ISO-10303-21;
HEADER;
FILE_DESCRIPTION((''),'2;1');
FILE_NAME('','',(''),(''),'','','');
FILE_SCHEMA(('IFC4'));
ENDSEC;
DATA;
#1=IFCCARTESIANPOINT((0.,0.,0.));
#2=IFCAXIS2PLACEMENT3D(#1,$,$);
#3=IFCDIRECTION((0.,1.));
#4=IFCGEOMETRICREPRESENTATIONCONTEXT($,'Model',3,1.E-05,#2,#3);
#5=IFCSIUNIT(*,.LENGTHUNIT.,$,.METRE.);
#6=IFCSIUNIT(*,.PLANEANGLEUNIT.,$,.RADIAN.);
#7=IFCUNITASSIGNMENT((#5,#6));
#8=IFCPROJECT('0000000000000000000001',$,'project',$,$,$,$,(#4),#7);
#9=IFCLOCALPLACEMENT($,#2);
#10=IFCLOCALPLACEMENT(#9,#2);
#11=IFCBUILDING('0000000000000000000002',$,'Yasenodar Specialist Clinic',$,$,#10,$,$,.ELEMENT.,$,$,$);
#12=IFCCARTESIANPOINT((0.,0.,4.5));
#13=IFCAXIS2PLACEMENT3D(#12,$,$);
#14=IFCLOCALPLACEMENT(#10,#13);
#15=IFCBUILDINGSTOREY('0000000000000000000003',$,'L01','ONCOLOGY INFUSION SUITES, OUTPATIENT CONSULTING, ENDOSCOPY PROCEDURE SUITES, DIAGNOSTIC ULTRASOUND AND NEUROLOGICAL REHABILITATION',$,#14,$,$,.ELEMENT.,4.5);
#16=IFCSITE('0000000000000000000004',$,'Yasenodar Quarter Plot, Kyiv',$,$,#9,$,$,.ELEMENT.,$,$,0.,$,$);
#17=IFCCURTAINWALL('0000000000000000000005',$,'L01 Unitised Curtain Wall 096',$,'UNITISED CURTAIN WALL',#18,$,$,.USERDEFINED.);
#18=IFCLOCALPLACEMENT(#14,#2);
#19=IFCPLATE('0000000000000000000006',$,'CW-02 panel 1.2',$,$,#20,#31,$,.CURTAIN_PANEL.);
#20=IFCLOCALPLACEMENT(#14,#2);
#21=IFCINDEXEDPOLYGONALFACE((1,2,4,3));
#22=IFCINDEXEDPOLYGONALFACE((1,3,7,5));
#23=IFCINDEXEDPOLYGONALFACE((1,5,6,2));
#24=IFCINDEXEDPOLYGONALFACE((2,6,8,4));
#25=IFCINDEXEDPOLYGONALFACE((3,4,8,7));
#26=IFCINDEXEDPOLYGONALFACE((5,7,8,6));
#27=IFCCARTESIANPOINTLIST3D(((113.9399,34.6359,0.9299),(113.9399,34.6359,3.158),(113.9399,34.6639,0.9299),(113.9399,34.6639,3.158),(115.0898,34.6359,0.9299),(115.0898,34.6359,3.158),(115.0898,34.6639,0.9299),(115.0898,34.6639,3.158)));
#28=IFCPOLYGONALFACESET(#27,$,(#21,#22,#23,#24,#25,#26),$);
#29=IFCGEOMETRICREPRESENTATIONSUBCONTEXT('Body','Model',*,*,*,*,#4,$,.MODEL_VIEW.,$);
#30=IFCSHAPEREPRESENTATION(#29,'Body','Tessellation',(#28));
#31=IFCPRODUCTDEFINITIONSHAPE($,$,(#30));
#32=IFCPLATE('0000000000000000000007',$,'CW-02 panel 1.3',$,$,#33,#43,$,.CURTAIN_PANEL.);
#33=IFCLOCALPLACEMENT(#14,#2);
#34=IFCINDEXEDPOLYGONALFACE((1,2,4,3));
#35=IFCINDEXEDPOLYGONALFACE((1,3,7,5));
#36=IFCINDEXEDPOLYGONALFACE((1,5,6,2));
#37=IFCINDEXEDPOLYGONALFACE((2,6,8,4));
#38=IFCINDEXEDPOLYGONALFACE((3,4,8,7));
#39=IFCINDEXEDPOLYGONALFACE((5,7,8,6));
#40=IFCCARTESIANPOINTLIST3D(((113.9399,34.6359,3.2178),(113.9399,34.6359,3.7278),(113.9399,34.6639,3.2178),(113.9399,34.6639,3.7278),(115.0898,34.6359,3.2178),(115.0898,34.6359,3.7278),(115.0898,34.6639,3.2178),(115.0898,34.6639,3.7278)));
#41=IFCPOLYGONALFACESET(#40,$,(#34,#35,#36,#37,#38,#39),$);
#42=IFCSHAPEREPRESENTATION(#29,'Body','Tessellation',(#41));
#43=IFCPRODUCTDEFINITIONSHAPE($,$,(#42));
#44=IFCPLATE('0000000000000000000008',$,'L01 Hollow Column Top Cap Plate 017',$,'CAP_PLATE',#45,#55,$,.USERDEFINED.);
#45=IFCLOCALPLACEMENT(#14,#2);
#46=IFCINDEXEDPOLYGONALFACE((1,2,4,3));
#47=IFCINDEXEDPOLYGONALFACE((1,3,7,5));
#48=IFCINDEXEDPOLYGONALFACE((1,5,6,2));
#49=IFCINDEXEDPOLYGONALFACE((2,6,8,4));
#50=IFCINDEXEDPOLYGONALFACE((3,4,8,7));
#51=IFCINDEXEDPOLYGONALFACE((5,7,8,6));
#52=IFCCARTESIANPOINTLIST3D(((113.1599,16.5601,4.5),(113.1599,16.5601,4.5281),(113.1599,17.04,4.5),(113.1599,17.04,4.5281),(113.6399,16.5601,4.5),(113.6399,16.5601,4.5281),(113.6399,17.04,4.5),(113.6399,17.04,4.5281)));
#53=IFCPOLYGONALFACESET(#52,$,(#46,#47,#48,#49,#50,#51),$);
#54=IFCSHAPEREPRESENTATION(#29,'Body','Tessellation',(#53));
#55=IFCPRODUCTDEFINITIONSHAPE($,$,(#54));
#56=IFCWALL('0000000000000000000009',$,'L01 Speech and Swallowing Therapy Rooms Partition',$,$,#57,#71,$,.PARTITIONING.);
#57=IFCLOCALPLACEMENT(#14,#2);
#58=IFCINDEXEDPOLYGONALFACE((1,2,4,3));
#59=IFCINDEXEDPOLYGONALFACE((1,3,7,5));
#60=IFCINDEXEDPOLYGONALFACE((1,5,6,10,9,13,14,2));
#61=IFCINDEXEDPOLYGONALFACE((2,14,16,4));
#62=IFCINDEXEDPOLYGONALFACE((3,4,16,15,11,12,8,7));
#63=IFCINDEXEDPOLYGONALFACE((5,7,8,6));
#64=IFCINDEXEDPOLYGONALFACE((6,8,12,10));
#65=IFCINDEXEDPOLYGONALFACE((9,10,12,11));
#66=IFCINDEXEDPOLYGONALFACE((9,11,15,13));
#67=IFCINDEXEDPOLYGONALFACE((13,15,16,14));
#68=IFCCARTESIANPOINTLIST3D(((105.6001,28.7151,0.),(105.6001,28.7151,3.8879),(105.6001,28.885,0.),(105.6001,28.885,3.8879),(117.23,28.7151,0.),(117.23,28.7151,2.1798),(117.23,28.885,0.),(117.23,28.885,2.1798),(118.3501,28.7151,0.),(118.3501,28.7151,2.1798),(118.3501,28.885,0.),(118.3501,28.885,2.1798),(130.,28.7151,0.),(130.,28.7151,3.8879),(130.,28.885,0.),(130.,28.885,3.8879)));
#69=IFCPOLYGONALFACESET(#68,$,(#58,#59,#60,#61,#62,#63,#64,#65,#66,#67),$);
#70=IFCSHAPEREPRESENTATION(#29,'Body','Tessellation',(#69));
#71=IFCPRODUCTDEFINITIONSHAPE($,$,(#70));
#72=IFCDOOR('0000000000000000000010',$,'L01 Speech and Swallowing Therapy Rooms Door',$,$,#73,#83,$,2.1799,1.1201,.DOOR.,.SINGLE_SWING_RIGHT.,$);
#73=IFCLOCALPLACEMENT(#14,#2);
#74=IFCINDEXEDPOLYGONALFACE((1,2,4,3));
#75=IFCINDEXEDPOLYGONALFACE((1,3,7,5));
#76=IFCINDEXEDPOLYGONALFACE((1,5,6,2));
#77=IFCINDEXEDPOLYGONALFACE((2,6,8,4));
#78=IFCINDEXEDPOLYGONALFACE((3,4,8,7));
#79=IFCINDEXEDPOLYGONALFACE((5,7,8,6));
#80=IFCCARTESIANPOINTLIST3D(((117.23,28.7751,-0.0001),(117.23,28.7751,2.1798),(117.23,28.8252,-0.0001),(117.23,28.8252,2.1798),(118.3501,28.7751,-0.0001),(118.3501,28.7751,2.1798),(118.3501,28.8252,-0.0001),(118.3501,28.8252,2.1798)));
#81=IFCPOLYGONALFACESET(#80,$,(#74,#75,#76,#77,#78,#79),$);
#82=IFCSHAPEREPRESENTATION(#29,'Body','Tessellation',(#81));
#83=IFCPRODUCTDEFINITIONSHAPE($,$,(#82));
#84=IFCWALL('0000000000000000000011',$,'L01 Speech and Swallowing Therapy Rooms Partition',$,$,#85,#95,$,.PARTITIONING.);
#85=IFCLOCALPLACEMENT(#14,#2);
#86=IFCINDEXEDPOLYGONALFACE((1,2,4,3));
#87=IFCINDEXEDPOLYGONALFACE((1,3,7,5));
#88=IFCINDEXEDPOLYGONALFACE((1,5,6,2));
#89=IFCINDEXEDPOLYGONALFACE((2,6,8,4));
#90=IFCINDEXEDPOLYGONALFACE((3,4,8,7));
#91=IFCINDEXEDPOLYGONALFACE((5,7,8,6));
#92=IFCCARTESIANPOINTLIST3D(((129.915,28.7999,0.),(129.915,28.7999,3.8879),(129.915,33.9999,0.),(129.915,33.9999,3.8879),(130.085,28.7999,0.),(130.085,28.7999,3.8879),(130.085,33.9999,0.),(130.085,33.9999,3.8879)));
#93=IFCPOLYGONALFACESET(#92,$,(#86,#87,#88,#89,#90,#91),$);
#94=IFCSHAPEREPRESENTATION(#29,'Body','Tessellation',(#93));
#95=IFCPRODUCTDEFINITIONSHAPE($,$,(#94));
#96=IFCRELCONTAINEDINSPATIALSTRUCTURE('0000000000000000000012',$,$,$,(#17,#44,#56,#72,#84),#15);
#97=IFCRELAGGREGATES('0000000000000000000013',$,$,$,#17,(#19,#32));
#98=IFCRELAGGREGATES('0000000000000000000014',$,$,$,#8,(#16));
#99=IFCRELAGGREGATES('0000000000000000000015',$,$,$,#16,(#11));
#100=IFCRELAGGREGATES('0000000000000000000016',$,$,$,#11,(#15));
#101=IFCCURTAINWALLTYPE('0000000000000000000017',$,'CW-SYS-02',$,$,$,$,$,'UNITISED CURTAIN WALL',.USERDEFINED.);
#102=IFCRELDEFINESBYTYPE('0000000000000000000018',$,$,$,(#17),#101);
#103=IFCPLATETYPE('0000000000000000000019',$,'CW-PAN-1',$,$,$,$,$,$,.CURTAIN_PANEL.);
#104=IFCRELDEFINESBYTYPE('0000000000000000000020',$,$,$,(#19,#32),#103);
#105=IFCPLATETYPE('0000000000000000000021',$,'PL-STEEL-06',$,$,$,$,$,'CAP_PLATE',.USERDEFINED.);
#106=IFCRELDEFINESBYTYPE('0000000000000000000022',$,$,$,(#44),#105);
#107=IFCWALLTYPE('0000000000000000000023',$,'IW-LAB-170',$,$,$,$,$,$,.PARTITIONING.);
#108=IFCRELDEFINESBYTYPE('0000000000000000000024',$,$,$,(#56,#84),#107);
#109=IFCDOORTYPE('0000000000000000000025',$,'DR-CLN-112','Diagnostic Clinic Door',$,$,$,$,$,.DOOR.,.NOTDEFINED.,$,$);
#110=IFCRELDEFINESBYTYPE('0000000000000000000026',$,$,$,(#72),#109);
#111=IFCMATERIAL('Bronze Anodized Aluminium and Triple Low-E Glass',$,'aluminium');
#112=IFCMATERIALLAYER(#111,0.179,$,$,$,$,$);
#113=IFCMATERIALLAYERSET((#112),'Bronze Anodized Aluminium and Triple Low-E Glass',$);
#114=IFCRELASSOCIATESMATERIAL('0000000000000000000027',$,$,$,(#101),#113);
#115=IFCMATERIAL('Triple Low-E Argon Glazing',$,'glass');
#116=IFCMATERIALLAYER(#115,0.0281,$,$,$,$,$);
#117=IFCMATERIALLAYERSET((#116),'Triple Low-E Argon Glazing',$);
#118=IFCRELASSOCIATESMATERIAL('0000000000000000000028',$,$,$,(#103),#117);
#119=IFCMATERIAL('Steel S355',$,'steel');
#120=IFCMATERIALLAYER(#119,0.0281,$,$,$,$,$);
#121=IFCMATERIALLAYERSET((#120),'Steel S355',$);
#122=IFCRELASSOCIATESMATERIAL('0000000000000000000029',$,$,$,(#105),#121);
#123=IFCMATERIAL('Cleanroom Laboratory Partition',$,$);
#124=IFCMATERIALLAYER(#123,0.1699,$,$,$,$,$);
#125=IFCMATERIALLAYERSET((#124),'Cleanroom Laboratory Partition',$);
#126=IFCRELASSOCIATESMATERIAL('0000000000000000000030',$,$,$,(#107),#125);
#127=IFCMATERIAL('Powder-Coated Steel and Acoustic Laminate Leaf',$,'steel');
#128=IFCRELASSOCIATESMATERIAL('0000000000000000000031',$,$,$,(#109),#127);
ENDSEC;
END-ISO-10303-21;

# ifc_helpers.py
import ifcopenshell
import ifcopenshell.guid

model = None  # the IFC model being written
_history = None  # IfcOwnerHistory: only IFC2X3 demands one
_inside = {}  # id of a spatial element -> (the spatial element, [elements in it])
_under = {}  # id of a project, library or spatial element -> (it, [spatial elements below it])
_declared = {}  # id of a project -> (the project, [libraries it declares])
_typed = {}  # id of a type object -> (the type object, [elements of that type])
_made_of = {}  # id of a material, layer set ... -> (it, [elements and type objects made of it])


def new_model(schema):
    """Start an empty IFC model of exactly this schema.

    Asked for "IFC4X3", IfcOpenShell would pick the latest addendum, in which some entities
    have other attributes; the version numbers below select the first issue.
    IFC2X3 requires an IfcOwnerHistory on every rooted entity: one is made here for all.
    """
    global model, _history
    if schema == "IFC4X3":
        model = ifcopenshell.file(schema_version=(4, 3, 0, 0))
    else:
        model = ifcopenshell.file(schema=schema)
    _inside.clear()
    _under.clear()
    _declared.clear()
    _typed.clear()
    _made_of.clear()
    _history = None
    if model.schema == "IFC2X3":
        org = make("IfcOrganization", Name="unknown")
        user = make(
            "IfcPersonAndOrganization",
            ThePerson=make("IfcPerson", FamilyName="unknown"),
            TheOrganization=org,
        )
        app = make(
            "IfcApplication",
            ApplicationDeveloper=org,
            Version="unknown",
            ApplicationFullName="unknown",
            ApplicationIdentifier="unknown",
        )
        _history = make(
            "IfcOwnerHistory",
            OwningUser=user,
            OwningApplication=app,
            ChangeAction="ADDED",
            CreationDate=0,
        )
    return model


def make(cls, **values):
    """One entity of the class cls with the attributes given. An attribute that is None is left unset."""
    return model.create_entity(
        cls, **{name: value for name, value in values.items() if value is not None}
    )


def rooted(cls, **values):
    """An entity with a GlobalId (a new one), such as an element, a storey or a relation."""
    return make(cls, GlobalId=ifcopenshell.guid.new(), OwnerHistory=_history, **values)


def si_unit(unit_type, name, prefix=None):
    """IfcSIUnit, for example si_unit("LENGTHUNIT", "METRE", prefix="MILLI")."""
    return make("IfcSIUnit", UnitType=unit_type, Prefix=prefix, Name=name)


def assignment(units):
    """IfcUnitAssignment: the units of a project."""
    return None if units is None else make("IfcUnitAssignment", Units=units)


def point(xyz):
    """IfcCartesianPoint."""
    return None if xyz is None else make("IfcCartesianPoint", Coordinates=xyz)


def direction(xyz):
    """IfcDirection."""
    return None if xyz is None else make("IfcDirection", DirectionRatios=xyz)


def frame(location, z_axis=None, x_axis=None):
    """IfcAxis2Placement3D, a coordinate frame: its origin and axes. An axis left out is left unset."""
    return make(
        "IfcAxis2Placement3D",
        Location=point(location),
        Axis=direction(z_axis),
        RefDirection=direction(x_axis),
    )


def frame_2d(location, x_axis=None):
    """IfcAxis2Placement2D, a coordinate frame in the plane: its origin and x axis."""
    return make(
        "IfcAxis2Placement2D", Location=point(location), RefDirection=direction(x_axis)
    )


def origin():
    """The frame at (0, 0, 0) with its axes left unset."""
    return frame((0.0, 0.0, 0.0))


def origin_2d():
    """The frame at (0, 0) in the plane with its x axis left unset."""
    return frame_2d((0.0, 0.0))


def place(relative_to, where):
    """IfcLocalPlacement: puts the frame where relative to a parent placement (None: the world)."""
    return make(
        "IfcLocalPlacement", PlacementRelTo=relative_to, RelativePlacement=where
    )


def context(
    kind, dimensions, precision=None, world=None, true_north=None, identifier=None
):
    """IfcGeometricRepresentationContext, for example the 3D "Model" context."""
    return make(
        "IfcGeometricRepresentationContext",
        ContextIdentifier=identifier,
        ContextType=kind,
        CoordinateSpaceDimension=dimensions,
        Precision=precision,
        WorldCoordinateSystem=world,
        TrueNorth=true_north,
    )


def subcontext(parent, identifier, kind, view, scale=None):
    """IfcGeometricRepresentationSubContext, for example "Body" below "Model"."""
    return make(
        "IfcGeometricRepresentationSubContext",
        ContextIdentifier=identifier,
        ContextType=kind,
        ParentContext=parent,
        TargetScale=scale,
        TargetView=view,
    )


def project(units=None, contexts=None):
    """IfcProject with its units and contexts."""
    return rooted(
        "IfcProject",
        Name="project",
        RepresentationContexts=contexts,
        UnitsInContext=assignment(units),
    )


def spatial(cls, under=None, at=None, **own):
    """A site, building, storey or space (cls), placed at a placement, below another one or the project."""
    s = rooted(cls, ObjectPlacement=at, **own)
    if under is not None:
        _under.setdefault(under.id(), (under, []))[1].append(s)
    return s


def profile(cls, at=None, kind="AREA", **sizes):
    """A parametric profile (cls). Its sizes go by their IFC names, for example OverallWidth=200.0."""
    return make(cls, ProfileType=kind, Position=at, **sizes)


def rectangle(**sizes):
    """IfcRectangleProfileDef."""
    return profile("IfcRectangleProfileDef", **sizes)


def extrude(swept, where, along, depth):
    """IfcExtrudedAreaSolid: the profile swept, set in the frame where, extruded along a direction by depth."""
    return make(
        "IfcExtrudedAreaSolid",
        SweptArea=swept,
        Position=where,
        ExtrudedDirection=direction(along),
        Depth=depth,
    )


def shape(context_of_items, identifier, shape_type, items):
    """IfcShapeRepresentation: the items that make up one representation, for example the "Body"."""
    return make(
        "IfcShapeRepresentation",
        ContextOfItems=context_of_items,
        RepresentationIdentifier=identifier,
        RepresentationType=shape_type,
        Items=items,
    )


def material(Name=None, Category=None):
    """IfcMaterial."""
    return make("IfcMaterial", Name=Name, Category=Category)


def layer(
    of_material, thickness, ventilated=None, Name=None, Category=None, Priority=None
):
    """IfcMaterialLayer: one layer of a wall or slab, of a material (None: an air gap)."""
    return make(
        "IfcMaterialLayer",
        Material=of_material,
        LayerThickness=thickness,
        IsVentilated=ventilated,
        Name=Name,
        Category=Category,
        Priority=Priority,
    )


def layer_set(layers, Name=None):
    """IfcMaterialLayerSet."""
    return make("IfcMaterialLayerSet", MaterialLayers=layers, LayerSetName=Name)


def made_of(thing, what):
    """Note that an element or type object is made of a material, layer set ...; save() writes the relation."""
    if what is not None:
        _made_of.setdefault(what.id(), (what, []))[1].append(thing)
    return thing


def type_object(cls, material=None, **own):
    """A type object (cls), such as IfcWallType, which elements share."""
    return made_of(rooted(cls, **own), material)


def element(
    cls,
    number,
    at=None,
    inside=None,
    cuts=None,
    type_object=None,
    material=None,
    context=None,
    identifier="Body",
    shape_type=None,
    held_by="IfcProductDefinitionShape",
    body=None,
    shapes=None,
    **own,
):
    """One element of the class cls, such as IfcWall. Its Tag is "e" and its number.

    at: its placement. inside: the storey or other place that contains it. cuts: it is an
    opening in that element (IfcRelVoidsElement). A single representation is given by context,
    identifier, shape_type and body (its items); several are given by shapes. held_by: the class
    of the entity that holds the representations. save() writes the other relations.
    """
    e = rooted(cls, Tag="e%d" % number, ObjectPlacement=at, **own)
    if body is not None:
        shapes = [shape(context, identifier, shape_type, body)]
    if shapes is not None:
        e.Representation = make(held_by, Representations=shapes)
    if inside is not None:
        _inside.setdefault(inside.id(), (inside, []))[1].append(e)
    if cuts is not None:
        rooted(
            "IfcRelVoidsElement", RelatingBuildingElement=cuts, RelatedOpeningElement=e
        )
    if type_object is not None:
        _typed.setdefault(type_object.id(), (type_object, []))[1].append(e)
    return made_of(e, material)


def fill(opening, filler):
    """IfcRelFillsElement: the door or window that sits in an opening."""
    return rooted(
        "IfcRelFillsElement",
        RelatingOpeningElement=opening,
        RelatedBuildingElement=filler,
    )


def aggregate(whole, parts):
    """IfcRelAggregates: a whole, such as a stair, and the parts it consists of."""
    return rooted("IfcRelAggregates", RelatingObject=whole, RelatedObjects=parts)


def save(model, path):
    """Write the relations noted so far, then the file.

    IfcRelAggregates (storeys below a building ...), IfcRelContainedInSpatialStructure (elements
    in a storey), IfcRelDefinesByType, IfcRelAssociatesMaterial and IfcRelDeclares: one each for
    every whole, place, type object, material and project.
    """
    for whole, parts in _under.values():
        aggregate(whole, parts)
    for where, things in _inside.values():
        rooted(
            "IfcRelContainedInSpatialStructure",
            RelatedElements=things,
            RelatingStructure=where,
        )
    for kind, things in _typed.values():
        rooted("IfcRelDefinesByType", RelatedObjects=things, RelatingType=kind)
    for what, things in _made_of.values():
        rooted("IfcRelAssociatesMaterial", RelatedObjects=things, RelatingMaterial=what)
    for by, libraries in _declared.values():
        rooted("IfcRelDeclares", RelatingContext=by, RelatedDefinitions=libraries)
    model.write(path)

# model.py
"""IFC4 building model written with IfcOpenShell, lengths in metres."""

from ifc_helpers import new_model, si_unit, direction, frame, frame_2d, origin, origin_2d, place, context, subcontext, project, spatial, rectangle, extrude, material, layer, layer_set, type_object, element, fill, aggregate, save


model = new_model("IFC4")

# Units and contexts
model_context = context("Model", 3, precision=1e-05, world=origin(), true_north=direction((0.0, 1.0)))
body_context = subcontext(model_context, "Body", "Model", "MODEL_VIEW")
ifc_project = project(units=[si_unit("LENGTHUNIT", "METRE"), si_unit("PLANEANGLEUNIT", "RADIAN")], contexts=[model_context])

# Site, building, storey
site_placement = place(None, origin())
site = spatial("IfcSite", under=ifc_project, at=site_placement, Name="Yasenodar Quarter Plot, Kyiv", CompositionType="ELEMENT", RefElevation=0.0)
building_placement = place(site_placement, origin())
building = spatial("IfcBuilding", under=site, at=building_placement, Name="Yasenodar Specialist Clinic", CompositionType="ELEMENT")
storey_placement = place(building_placement, frame((0.0, 0.0, 4.5)))
storey = spatial("IfcBuildingStorey", under=building, at=storey_placement, Name="L01", Description="ONCOLOGY INFUSION SUITES, OUTPATIENT CONSULTING, ENDOSCOPY PROCEDURE SUITES, DIAGNOSTIC ULTRASOUND AND NEUROLOGICAL REHABILITATION", CompositionType="ELEMENT", Elevation=4.5)

# Shared definitions
ifc_material_1 = material(Name="Steel S355", Category="steel")

# Curtain wall
ifc_material_2 = material(Name="Bronze Anodized Aluminium and Triple Low-E Glass", Category="aluminium")
ifc_layer_1 = layer(ifc_material_2, 0.179)
ifc_layer_set_1 = layer_set([ifc_layer_1], Name="Bronze Anodized Aluminium and Triple Low-E Glass")
curtain_wall_type = type_object("IfcCurtainWallType", Name="CW-SYS-02", ElementType="UNITISED CURTAIN WALL", PredefinedType="USERDEFINED", material=ifc_layer_set_1)
curtain_wall_1_placement = place(storey_placement, origin())
curtain_wall_1 = element("IfcCurtainWall", 1, at=curtain_wall_1_placement, inside=storey, type_object=curtain_wall_type, Name="L01 Unitised Curtain Wall 096", ObjectType="UNITISED CURTAIN WALL", PredefinedType="USERDEFINED")

# Plates
ifc_material_3 = material(Name="Triple Low-E Argon Glazing", Category="glass")
ifc_layer_2 = layer(ifc_material_3, 0.0281)
ifc_layer_set_2 = layer_set([ifc_layer_2], Name="Triple Low-E Argon Glazing")
plate_type_1 = type_object("IfcPlateType", Name="CW-PAN-1", PredefinedType="CURTAIN_PANEL", material=ifc_layer_set_2)
plate_1_placement = place(storey_placement, frame((114.5149, 34.6499, 0.9299), z_axis=(0.0, 0.0, 1.0), x_axis=(1.0, 0.0, 0.0)))
plate_1 = element("IfcPlate", 2, at=plate_1_placement, type_object=plate_type_1, Name="CW-02 panel 1.2", PredefinedType="CURTAIN_PANEL", context=body_context, shape_type="SweptSolid", body=[
    extrude(rectangle(XDim=1.1499, YDim=0.0281, at=origin_2d()), origin(), (0.0, 0.0, 1.0), 2.228),
])
plate_2_placement = place(storey_placement, frame((114.5149, 34.6499, 3.2178), z_axis=(0.0, 0.0, 1.0), x_axis=(1.0, 0.0, 0.0)))
plate_2 = element("IfcPlate", 3, at=plate_2_placement, type_object=plate_type_1, Name="CW-02 panel 1.3", PredefinedType="CURTAIN_PANEL", context=body_context, shape_type="SweptSolid", body=[
    extrude(rectangle(XDim=1.1499, YDim=0.0281, at=origin_2d()), origin(), (0.0, 0.0, 1.0), 0.51),
])
aggregate(curtain_wall_1, [plate_1, plate_2])
ifc_layer_3 = layer(ifc_material_1, 0.0281)
ifc_layer_set_3 = layer_set([ifc_layer_3], Name="Steel S355")
plate_type_2 = type_object("IfcPlateType", Name="PL-STEEL-06", ElementType="CAP_PLATE", PredefinedType="USERDEFINED", material=ifc_layer_set_3)
plate_3_placement = place(storey_placement, frame((113.3999, 16.8, 4.5), z_axis=(0.0, 0.0, 1.0), x_axis=(1.0, 0.0, 0.0)))
element("IfcPlate", 4, at=plate_3_placement, inside=storey, type_object=plate_type_2, Name="L01 Hollow Column Top Cap Plate 017", ObjectType="CAP_PLATE", PredefinedType="USERDEFINED", context=body_context, shape_type="SweptSolid", body=[
    extrude(rectangle(XDim=0.48, YDim=0.48, at=origin_2d()), origin(), (0.0, 0.0, 1.0), 0.0281),
])

# Wall, opening, door
ifc_material_4 = material(Name="Cleanroom Laboratory Partition")
ifc_layer_4 = layer(ifc_material_4, 0.1699)
ifc_layer_set_4 = layer_set([ifc_layer_4], Name="Cleanroom Laboratory Partition")
wall_type = type_object("IfcWallType", Name="IW-LAB-170", PredefinedType="PARTITIONING", material=ifc_layer_set_4)
wall_1_placement = place(storey_placement, frame((130.0, 28.8, 0.0), z_axis=(0.0, 0.0, 1.0), x_axis=(-1.0, 0.0, 0.0)))
wall_1 = element("IfcWall", 5, at=wall_1_placement, inside=storey, type_object=wall_type, Name="L01 Speech and Swallowing Therapy Rooms Partition", PredefinedType="PARTITIONING", context=body_context, shape_type="SweptSolid", body=[
    extrude(rectangle(XDim=24.3999, YDim=0.1699, at=frame_2d((12.2, 0.0))), origin(), (0.0, 0.0, 1.0), 3.8879),
])
opening_placement = place(wall_1_placement, frame((11.6499, 0.0, 0.0)))
opening = element("IfcOpeningElement", 6, at=opening_placement, cuts=wall_1, PredefinedType="OPENING", context=body_context, shape_type="SweptSolid", body=[
    extrude(rectangle(XDim=1.1201, YDim=2.1799, at=frame_2d((0.5601, 1.0898))), frame((0.0, 0.095, 0.0), z_axis=(0.0, -1.0, 0.0), x_axis=(1.0, 0.0, 0.0)), (0.0, 0.0, 1.0), 0.1899),
])
ifc_material_5 = material(Name="Powder-Coated Steel and Acoustic Laminate Leaf", Category="steel")
door_type = type_object("IfcDoorType", Name="DR-CLN-112", Description="Diagnostic Clinic Door", OperationType="NOTDEFINED", PredefinedType="DOOR", material=ifc_material_5)
door_placement = place(opening_placement, origin())
door = element("IfcDoor", 7, at=door_placement, inside=storey, type_object=door_type, Name="L01 Speech and Swallowing Therapy Rooms Door", OperationType="SINGLE_SWING_RIGHT", OverallHeight=2.1799, OverallWidth=1.1201, PredefinedType="DOOR", context=body_context, shape_type="SweptSolid", body=[
    extrude(rectangle(XDim=1.1201, YDim=2.1799, at=frame_2d((0.5601, 1.0898))), frame((0.0, 0.0249, 0.0), z_axis=(0.0, -1.0, 0.0), x_axis=(1.0, 0.0, 0.0)), (0.0, 0.0, 1.0), 0.05),
])
fill(opening, door)

# Wall
wall_2_placement = place(storey_placement, frame((130.0, 34.0, 0.0), z_axis=(0.0, 0.0, 1.0), x_axis=(0.0, -1.0, 0.0)))
element("IfcWall", 8, at=wall_2_placement, inside=storey, type_object=wall_type, Name="L01 Speech and Swallowing Therapy Rooms Partition", PredefinedType="PARTITIONING", context=body_context, shape_type="SweptSolid", body=[
    extrude(rectangle(XDim=5.2, YDim=0.1699, at=frame_2d((2.6001, 0.0))), origin(), (0.0, 0.0, 1.0), 3.8879),
])

save(model, "model.ifc")
